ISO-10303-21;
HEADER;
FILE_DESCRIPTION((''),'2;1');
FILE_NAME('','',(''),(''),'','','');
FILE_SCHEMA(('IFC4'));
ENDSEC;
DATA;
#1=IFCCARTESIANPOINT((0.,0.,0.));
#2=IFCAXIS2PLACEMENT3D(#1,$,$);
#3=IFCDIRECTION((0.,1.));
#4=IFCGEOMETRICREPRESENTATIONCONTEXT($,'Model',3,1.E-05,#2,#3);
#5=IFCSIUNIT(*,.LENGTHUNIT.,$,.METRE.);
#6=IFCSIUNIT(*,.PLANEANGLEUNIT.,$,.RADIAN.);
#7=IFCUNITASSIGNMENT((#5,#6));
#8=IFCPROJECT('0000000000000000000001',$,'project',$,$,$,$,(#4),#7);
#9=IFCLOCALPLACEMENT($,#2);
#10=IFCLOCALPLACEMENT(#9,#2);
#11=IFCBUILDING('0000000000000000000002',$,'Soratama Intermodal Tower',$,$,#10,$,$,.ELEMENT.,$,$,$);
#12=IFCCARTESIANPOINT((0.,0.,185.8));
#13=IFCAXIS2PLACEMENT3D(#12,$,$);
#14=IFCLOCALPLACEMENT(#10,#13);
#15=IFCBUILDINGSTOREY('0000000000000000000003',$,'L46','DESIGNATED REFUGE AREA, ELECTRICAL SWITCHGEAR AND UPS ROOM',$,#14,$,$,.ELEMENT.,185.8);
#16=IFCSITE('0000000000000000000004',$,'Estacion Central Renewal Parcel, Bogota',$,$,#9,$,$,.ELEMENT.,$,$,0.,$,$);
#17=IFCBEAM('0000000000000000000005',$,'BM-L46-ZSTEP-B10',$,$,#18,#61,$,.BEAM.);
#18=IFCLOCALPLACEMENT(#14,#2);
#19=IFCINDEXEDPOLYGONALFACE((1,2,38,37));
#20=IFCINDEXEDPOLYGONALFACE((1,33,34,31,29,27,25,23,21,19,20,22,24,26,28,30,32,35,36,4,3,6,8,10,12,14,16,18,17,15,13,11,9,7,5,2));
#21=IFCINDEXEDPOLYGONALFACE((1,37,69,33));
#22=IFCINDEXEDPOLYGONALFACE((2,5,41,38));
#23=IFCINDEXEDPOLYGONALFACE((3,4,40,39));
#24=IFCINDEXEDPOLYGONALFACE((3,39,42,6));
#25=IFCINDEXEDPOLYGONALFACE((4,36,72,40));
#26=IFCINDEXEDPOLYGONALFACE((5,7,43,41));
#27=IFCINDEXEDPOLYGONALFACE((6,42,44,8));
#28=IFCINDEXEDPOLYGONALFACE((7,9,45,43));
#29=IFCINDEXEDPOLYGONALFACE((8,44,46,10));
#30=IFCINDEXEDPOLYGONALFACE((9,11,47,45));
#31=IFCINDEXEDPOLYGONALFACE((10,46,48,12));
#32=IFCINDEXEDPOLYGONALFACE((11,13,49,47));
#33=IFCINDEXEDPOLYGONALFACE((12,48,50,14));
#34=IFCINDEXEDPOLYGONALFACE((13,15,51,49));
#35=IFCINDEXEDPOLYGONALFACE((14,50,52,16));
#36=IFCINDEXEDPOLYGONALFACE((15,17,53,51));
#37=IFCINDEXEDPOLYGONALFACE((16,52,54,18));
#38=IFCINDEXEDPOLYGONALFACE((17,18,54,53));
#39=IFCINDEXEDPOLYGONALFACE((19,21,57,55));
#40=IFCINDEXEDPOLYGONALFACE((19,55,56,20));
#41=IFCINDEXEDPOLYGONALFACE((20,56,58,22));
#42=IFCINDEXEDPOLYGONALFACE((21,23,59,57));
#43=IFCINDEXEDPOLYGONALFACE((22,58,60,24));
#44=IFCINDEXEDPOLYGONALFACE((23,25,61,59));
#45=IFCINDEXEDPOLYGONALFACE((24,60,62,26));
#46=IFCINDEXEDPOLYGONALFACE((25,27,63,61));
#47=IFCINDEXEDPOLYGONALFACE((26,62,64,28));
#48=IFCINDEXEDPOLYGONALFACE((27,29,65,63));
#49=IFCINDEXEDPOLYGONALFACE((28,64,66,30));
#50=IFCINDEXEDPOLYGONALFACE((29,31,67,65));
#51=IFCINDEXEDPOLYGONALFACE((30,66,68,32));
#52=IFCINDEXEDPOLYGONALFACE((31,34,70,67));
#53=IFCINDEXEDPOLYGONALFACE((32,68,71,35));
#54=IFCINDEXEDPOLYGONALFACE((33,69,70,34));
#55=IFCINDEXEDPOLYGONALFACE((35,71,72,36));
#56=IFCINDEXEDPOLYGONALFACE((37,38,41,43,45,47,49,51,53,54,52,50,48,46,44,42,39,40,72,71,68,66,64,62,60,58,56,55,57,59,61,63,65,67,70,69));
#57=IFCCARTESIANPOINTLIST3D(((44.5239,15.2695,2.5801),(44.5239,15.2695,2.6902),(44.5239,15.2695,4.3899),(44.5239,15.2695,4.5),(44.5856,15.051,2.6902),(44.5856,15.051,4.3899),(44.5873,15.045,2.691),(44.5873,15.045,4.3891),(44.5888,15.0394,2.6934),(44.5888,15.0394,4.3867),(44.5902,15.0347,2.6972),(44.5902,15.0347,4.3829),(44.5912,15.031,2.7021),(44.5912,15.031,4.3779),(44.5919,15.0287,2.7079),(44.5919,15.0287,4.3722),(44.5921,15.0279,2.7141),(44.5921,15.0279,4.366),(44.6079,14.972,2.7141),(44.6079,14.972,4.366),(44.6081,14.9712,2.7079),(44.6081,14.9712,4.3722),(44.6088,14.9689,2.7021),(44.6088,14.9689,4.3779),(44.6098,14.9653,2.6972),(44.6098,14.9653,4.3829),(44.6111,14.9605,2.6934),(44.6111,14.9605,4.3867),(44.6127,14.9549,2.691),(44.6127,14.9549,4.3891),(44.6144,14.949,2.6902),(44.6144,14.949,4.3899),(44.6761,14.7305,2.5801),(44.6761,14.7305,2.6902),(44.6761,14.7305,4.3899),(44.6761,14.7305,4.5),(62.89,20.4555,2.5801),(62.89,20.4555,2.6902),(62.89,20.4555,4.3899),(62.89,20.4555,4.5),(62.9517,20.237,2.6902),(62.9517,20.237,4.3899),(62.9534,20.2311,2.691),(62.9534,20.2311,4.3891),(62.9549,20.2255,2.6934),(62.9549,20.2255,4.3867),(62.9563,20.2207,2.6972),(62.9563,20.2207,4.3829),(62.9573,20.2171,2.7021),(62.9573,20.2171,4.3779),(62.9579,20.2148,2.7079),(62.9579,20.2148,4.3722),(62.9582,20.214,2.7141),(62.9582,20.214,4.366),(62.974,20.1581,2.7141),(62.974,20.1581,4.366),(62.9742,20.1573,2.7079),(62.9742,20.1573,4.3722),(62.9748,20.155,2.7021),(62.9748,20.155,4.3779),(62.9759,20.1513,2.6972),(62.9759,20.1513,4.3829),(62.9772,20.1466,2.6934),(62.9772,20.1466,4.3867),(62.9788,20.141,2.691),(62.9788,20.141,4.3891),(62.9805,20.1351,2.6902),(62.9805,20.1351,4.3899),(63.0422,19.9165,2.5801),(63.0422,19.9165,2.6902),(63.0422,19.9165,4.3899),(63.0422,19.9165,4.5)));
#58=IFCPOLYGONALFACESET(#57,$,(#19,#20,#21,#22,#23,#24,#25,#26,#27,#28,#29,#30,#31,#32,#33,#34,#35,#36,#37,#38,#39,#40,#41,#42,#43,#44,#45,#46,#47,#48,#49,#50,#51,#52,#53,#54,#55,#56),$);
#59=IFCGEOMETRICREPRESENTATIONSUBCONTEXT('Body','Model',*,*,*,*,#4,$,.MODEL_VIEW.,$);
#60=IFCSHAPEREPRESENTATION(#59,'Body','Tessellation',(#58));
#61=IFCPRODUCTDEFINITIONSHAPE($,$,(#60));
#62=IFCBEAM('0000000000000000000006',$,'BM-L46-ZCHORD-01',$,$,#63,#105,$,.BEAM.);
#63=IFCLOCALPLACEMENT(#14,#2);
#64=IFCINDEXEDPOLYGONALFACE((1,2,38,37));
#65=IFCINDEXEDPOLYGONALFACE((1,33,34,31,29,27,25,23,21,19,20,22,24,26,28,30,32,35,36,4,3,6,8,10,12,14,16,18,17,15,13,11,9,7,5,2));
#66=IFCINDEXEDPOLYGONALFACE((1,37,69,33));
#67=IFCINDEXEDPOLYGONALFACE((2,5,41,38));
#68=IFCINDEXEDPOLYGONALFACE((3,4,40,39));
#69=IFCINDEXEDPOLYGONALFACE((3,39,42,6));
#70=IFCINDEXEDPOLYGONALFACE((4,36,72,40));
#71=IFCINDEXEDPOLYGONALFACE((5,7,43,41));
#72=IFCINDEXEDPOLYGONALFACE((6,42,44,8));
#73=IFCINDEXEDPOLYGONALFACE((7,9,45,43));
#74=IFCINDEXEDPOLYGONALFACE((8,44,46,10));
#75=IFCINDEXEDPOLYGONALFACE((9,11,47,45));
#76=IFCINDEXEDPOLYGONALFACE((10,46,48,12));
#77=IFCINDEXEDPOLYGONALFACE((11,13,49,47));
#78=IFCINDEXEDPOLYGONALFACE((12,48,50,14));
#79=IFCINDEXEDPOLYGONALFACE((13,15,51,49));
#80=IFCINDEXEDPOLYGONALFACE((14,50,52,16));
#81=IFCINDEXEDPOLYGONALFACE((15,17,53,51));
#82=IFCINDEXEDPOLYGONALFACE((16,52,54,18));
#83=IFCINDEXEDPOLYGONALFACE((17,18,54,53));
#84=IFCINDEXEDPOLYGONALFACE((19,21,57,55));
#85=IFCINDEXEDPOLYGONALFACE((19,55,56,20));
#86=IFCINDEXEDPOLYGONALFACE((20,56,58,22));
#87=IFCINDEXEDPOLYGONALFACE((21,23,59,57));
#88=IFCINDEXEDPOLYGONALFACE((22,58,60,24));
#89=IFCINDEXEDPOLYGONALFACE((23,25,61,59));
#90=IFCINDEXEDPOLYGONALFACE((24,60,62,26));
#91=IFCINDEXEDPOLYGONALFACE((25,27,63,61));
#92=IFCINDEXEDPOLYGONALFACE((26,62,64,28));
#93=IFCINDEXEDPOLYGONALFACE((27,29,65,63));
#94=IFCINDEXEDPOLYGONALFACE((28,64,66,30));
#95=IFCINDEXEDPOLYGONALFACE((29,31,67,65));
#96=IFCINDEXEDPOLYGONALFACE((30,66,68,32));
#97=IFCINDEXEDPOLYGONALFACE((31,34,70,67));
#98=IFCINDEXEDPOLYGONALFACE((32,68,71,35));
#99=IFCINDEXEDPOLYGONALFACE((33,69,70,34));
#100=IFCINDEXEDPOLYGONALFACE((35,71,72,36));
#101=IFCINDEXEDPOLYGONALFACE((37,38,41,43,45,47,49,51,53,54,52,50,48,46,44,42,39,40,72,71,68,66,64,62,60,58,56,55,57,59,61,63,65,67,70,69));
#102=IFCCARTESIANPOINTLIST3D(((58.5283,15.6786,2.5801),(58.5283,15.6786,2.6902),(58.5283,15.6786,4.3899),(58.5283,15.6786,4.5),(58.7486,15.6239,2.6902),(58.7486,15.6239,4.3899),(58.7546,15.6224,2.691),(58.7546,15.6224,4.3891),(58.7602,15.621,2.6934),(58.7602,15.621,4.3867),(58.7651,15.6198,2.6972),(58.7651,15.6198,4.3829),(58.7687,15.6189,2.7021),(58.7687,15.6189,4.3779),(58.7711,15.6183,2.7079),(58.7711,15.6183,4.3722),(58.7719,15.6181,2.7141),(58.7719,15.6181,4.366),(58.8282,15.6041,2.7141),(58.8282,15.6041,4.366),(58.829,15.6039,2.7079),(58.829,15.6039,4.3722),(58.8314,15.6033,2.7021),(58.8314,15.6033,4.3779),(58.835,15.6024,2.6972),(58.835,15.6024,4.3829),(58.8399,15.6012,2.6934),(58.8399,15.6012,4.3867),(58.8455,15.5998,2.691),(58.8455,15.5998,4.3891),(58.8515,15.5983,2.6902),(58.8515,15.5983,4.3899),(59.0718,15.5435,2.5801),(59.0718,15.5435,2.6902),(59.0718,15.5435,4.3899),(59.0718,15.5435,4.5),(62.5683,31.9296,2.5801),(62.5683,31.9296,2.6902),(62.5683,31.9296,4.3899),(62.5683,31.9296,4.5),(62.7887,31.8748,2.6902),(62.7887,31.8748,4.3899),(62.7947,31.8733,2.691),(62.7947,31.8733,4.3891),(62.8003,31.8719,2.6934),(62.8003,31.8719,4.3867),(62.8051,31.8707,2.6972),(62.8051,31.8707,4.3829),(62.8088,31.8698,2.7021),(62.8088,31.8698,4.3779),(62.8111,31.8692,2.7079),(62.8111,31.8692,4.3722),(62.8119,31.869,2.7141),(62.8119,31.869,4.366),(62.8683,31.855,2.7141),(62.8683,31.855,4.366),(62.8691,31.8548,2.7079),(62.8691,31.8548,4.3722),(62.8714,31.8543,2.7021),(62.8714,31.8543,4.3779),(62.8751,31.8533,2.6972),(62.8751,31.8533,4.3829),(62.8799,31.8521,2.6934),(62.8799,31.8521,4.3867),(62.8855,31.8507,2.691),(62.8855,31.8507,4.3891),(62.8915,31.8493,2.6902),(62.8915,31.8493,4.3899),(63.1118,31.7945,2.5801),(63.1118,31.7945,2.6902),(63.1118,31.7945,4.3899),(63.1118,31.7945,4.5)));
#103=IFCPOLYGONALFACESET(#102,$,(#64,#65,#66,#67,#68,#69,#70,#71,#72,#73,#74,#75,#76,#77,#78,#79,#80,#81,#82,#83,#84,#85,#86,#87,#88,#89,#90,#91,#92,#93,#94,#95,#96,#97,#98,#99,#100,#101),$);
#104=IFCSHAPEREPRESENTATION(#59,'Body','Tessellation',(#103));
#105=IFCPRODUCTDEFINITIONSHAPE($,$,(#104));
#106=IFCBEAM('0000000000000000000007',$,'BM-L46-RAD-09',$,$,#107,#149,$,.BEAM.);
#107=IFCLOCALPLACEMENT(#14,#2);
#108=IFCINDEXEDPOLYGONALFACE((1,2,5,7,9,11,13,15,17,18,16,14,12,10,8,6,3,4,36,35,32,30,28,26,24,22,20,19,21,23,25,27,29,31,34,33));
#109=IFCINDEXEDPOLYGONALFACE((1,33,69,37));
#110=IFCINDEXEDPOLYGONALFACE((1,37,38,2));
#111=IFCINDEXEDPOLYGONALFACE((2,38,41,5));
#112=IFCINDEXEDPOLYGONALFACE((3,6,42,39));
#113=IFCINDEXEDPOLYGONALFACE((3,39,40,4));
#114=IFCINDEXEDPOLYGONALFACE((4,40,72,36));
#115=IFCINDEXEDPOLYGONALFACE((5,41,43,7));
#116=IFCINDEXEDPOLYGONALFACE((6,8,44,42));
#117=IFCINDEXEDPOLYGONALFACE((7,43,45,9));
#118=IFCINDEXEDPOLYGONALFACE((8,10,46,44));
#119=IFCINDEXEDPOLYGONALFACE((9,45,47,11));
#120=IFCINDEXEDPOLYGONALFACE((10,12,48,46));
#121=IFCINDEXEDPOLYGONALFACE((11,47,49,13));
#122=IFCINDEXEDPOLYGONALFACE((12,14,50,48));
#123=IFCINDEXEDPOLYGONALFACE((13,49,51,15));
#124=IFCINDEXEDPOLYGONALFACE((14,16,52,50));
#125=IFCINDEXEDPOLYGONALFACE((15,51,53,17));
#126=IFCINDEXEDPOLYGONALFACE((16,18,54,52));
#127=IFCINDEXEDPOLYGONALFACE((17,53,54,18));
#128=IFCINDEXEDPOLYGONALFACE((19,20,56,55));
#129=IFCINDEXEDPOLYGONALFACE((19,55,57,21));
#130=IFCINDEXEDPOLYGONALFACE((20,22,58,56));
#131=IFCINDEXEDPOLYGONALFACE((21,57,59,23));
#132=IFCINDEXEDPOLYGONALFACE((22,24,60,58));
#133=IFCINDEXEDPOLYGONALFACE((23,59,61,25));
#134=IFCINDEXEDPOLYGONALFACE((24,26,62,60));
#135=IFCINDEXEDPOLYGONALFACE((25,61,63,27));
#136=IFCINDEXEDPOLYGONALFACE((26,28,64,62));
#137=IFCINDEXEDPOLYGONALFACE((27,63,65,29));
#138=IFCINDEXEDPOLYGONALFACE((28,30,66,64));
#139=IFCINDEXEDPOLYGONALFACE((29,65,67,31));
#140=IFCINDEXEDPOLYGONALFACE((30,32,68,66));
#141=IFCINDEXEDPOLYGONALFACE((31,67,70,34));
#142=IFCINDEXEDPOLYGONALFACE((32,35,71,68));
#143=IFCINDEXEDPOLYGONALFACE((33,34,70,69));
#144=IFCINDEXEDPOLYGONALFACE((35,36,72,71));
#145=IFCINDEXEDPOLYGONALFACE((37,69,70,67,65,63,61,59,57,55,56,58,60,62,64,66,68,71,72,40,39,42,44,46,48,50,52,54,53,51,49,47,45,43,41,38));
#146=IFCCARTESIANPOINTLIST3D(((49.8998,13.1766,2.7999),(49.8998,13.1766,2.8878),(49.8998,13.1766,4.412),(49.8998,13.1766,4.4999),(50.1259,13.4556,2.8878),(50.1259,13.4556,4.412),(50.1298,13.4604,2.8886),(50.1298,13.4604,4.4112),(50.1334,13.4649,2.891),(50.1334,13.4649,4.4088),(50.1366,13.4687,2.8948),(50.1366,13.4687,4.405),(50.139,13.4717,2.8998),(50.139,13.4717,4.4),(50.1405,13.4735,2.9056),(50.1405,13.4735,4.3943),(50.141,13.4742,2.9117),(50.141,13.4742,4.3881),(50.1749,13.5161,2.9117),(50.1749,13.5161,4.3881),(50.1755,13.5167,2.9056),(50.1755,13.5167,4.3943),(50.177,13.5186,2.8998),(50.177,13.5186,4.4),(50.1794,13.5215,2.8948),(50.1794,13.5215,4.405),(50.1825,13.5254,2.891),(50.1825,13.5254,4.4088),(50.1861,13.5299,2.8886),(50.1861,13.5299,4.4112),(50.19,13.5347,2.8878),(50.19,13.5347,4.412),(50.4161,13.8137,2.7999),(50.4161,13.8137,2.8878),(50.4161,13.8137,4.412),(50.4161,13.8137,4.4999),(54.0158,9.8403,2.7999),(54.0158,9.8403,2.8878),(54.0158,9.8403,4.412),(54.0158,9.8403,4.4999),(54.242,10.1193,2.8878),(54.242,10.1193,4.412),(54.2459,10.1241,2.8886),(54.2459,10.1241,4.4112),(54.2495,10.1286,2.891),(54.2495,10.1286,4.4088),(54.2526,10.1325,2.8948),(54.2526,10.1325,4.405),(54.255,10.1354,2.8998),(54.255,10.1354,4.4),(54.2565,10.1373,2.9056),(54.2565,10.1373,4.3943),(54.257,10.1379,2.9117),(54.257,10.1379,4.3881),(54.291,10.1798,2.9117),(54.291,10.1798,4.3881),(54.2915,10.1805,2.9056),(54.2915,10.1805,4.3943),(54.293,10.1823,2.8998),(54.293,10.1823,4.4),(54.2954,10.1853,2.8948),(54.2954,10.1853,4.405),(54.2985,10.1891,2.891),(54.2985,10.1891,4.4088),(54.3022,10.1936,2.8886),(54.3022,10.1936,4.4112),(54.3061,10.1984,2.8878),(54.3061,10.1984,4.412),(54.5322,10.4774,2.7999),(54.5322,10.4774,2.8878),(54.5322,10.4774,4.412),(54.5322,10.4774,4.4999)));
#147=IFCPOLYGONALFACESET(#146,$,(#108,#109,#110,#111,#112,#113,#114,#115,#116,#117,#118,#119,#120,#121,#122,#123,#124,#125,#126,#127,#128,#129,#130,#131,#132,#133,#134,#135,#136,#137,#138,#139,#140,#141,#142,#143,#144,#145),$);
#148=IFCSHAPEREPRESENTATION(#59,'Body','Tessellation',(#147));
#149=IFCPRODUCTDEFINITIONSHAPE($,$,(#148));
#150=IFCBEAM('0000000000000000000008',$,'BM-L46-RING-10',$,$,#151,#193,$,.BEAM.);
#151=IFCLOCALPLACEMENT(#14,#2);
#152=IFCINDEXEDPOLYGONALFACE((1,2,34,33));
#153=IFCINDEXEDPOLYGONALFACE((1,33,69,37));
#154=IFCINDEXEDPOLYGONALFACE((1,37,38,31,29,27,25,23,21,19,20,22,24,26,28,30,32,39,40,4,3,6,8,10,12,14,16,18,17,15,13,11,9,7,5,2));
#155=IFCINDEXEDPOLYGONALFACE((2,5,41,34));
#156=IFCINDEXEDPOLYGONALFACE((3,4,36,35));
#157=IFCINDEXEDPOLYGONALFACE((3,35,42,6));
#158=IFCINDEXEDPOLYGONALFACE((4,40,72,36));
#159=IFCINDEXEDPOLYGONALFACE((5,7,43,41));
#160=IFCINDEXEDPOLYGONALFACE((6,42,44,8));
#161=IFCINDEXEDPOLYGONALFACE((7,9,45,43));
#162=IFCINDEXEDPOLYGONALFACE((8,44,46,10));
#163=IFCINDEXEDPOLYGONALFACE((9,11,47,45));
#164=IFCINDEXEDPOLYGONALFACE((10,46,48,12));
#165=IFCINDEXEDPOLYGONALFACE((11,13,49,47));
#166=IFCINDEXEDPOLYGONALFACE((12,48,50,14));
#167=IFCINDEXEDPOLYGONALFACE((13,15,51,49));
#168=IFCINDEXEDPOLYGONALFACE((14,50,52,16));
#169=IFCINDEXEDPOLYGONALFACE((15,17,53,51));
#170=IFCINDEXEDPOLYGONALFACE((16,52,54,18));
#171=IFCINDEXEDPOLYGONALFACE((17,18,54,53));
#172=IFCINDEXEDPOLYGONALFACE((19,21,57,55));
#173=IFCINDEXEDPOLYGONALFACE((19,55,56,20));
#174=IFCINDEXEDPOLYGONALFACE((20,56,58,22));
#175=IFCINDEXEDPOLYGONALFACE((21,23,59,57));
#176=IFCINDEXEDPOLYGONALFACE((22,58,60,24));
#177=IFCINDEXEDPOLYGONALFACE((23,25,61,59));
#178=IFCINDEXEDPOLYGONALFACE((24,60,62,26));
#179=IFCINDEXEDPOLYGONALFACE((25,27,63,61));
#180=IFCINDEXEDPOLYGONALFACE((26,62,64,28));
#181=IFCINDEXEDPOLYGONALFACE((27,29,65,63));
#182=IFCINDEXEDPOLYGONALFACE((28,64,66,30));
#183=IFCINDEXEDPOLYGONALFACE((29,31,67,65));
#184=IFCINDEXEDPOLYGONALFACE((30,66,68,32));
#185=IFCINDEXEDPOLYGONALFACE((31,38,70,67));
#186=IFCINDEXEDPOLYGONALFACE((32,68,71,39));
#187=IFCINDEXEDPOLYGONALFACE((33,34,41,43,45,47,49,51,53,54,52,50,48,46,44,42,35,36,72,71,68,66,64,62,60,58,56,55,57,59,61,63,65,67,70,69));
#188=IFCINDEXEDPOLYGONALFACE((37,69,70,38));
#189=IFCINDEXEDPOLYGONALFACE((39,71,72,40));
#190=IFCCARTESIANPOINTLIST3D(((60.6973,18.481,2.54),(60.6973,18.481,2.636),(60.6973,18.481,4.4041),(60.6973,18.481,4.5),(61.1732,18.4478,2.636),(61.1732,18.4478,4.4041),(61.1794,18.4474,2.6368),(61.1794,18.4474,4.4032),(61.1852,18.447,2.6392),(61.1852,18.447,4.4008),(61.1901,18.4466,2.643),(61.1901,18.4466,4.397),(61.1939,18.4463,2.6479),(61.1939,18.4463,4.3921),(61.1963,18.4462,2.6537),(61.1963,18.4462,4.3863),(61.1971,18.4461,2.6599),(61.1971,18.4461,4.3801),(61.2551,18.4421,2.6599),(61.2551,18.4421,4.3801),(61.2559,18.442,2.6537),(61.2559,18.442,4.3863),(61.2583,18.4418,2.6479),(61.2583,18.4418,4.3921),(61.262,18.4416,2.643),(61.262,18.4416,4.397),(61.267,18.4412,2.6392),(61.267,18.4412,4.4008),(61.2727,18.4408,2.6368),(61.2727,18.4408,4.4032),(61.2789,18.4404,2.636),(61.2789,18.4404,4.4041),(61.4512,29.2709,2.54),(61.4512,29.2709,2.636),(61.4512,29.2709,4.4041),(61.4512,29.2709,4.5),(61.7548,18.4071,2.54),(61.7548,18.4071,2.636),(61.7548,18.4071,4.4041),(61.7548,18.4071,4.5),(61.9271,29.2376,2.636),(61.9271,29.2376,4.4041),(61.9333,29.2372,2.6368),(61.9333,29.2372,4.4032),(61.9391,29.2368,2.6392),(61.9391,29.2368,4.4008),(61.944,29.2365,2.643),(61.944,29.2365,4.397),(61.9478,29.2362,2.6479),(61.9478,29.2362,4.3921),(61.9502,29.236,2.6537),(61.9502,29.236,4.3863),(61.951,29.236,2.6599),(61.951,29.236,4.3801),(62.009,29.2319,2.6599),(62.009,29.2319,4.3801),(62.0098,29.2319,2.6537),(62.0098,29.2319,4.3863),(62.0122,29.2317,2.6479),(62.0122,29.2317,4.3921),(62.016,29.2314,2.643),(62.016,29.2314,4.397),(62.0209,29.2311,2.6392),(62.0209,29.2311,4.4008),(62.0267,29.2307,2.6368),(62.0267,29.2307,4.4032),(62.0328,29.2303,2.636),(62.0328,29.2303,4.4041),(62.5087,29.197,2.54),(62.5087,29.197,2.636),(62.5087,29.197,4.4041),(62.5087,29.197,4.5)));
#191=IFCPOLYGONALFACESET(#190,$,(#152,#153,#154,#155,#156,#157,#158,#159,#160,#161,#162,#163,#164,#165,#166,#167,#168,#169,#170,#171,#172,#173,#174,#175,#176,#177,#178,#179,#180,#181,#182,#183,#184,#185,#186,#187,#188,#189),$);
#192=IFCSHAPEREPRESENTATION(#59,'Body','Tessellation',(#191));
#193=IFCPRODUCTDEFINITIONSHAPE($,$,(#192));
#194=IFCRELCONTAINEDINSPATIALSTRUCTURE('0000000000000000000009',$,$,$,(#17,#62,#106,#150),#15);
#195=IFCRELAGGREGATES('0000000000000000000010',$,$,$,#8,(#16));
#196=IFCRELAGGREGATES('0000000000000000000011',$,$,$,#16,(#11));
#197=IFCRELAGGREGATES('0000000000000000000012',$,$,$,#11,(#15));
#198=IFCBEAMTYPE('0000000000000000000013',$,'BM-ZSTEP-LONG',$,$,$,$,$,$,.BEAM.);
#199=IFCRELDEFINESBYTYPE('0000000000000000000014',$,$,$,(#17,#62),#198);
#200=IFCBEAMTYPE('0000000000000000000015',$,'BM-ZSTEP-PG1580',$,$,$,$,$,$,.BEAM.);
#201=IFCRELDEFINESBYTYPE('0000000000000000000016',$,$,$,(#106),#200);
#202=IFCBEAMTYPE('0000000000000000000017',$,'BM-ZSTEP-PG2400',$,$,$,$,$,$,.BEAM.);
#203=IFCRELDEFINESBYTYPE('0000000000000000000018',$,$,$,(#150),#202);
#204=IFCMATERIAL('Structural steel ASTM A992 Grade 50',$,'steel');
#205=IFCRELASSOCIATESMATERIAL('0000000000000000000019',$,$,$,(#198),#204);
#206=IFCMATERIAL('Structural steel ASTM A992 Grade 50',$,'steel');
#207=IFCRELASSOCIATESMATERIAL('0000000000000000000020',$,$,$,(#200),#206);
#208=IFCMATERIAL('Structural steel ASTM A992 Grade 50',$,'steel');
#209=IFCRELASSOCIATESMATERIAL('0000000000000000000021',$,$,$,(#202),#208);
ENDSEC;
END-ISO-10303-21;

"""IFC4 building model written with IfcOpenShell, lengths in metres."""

from ifc_helpers import new_model, si_unit, direction, frame, origin, origin_2d, place, context, subcontext, project, spatial, i_section, extrude, material, material_profile, profile_set, type_object, element, save


model = new_model("IFC4")

# Units and contexts
model_context = context("Model", 3, precision=1e-05, world=origin(), true_north=direction((0.0, 1.0)))
body_context = subcontext(model_context, "Body", "Model", "MODEL_VIEW")
ifc_project = project(units=[si_unit("LENGTHUNIT", "METRE"), si_unit("PLANEANGLEUNIT", "RADIAN")], contexts=[model_context])

# Site, building, storey
site_placement = place(None, origin())
site = spatial("IfcSite", under=ifc_project, at=site_placement, Name="Estacion Central Renewal Parcel, Bogota", CompositionType="ELEMENT", RefElevation=0.0)
building_placement = place(site_placement, origin())
building = spatial("IfcBuilding", under=site, at=building_placement, Name="Soratama Intermodal Tower", CompositionType="ELEMENT")
storey_placement = place(building_placement, frame((0.0, 0.0, 185.8)))
storey = spatial("IfcBuildingStorey", under=building, at=storey_placement, Name="L46", Description="DESIGNATED REFUGE AREA, ELECTRICAL SWITCHGEAR AND UPS ROOM", CompositionType="ELEMENT", Elevation=185.8)

# Beams
ifc_material_1 = material(Name="Structural steel ASTM A992 Grade 50", Category="steel")
ifc_material_profile_1 = material_profile(ifc_material_1, i_section(OverallWidth=0.5601, OverallDepth=1.9199, WebThickness=0.0581, FlangeThickness=0.1101, FilletRadius=0.0239, at=origin_2d()), Name="PG2150X720")
ifc_profile_set_1 = profile_set([ifc_material_profile_1], Name="Structural steel ASTM A992 Grade 50")
beam_type_1 = type_object("IfcBeamType", Name="BM-ZSTEP-LONG", PredefinedType="BEAM", material=ifc_profile_set_1)
beam_1_placement = place(storey_placement, frame((62.9661, 20.186, 3.54), z_axis=(-0.962369, -0.271746, 0.0), x_axis=(0.271746, -0.962369, 0.0)))
element("IfcBeam", 1, at=beam_1_placement, inside=storey, type_object=beam_type_1, Name="BM-L46-ZSTEP-B10", PredefinedType="BEAM", context=body_context, shape_type="SweptSolid", body=[
    extrude(i_section(OverallWidth=0.5601, OverallDepth=1.9199, WebThickness=0.0581, FlangeThickness=0.1101, FilletRadius=0.0239, at=origin_2d()), origin(), (0.0, 0.0, 1.0), 19.0842),
])
beam_2_placement = place(storey_placement, frame((58.8, 15.6111, 3.54), z_axis=(0.241259, 0.970461, 0.0), x_axis=(-0.970461, 0.241259, 0.0)))
element("IfcBeam", 2, at=beam_2_placement, inside=storey, type_object=beam_type_1, Name="BM-L46-ZCHORD-01", PredefinedType="BEAM", context=body_context, shape_type="SweptSolid", body=[
    extrude(i_section(OverallWidth=0.5601, OverallDepth=1.9199, WebThickness=0.0581, FlangeThickness=0.1101, FilletRadius=0.0239, at=origin_2d()), origin(), (0.0, 0.0, 1.0), 16.7456),
])
ifc_material_2 = material(Name="Structural steel ASTM A992 Grade 50", Category="steel")
ifc_material_profile_2 = material_profile(ifc_material_2, i_section(OverallWidth=0.8201, OverallDepth=1.7, WebThickness=0.054, FlangeThickness=0.0879, FilletRadius=0.0239, at=origin_2d()), Name="PG1580X800")
ifc_profile_set_2 = profile_set([ifc_material_profile_2], Name="Structural steel ASTM A992 Grade 50")
beam_type_2 = type_object("IfcBeamType", Name="BM-ZSTEP-PG1580", PredefinedType="BEAM", material=ifc_profile_set_2)
beam_3_placement = place(storey_placement, frame((50.158, 13.4951, 3.6499), z_axis=(0.776856, -0.629678, 0.0), x_axis=(0.629678, 0.776856, 0.0)))
element("IfcBeam", 3, at=beam_3_placement, inside=storey, type_object=beam_type_2, Name="BM-L46-RAD-09", PredefinedType="BEAM", context=body_context, shape_type="SweptSolid", body=[
    extrude(i_section(OverallWidth=0.8201, OverallDepth=1.7, WebThickness=0.054, FlangeThickness=0.0879, FilletRadius=0.0239, at=origin_2d()), origin(), (0.0, 0.0, 1.0), 5.2983),
])
ifc_material_3 = material(Name="Structural steel ASTM A992 Grade 50", Category="steel")
ifc_material_profile_3 = material_profile(ifc_material_3, i_section(OverallWidth=1.0601, OverallDepth=1.96, WebThickness=0.0581, FlangeThickness=0.0959, FilletRadius=0.0239, at=origin_2d()), Name="PG2400X900")
ifc_profile_set_3 = profile_set([ifc_material_profile_3], Name="Structural steel ASTM A992 Grade 50")
beam_type_3 = type_object("IfcBeamType", Name="BM-ZSTEP-PG2400", PredefinedType="BEAM", material=ifc_profile_set_3)
beam_4_placement = place(storey_placement, frame((61.2261, 18.4441, 3.52), z_axis=(0.069702, 0.997568, 0.0), x_axis=(-0.997568, 0.069702, 0.0)))
element("IfcBeam", 4, at=beam_4_placement, inside=storey, type_object=beam_type_3, Name="BM-L46-RING-10", PredefinedType="BEAM", context=body_context, shape_type="SweptSolid", body=[
    extrude(i_section(OverallWidth=1.0601, OverallDepth=1.96, WebThickness=0.0581, FlangeThickness=0.0959, FilletRadius=0.0239, at=origin_2d()), origin(), (0.0, 0.0, 1.0), 10.8162),
])

save(model, "model.ifc")
